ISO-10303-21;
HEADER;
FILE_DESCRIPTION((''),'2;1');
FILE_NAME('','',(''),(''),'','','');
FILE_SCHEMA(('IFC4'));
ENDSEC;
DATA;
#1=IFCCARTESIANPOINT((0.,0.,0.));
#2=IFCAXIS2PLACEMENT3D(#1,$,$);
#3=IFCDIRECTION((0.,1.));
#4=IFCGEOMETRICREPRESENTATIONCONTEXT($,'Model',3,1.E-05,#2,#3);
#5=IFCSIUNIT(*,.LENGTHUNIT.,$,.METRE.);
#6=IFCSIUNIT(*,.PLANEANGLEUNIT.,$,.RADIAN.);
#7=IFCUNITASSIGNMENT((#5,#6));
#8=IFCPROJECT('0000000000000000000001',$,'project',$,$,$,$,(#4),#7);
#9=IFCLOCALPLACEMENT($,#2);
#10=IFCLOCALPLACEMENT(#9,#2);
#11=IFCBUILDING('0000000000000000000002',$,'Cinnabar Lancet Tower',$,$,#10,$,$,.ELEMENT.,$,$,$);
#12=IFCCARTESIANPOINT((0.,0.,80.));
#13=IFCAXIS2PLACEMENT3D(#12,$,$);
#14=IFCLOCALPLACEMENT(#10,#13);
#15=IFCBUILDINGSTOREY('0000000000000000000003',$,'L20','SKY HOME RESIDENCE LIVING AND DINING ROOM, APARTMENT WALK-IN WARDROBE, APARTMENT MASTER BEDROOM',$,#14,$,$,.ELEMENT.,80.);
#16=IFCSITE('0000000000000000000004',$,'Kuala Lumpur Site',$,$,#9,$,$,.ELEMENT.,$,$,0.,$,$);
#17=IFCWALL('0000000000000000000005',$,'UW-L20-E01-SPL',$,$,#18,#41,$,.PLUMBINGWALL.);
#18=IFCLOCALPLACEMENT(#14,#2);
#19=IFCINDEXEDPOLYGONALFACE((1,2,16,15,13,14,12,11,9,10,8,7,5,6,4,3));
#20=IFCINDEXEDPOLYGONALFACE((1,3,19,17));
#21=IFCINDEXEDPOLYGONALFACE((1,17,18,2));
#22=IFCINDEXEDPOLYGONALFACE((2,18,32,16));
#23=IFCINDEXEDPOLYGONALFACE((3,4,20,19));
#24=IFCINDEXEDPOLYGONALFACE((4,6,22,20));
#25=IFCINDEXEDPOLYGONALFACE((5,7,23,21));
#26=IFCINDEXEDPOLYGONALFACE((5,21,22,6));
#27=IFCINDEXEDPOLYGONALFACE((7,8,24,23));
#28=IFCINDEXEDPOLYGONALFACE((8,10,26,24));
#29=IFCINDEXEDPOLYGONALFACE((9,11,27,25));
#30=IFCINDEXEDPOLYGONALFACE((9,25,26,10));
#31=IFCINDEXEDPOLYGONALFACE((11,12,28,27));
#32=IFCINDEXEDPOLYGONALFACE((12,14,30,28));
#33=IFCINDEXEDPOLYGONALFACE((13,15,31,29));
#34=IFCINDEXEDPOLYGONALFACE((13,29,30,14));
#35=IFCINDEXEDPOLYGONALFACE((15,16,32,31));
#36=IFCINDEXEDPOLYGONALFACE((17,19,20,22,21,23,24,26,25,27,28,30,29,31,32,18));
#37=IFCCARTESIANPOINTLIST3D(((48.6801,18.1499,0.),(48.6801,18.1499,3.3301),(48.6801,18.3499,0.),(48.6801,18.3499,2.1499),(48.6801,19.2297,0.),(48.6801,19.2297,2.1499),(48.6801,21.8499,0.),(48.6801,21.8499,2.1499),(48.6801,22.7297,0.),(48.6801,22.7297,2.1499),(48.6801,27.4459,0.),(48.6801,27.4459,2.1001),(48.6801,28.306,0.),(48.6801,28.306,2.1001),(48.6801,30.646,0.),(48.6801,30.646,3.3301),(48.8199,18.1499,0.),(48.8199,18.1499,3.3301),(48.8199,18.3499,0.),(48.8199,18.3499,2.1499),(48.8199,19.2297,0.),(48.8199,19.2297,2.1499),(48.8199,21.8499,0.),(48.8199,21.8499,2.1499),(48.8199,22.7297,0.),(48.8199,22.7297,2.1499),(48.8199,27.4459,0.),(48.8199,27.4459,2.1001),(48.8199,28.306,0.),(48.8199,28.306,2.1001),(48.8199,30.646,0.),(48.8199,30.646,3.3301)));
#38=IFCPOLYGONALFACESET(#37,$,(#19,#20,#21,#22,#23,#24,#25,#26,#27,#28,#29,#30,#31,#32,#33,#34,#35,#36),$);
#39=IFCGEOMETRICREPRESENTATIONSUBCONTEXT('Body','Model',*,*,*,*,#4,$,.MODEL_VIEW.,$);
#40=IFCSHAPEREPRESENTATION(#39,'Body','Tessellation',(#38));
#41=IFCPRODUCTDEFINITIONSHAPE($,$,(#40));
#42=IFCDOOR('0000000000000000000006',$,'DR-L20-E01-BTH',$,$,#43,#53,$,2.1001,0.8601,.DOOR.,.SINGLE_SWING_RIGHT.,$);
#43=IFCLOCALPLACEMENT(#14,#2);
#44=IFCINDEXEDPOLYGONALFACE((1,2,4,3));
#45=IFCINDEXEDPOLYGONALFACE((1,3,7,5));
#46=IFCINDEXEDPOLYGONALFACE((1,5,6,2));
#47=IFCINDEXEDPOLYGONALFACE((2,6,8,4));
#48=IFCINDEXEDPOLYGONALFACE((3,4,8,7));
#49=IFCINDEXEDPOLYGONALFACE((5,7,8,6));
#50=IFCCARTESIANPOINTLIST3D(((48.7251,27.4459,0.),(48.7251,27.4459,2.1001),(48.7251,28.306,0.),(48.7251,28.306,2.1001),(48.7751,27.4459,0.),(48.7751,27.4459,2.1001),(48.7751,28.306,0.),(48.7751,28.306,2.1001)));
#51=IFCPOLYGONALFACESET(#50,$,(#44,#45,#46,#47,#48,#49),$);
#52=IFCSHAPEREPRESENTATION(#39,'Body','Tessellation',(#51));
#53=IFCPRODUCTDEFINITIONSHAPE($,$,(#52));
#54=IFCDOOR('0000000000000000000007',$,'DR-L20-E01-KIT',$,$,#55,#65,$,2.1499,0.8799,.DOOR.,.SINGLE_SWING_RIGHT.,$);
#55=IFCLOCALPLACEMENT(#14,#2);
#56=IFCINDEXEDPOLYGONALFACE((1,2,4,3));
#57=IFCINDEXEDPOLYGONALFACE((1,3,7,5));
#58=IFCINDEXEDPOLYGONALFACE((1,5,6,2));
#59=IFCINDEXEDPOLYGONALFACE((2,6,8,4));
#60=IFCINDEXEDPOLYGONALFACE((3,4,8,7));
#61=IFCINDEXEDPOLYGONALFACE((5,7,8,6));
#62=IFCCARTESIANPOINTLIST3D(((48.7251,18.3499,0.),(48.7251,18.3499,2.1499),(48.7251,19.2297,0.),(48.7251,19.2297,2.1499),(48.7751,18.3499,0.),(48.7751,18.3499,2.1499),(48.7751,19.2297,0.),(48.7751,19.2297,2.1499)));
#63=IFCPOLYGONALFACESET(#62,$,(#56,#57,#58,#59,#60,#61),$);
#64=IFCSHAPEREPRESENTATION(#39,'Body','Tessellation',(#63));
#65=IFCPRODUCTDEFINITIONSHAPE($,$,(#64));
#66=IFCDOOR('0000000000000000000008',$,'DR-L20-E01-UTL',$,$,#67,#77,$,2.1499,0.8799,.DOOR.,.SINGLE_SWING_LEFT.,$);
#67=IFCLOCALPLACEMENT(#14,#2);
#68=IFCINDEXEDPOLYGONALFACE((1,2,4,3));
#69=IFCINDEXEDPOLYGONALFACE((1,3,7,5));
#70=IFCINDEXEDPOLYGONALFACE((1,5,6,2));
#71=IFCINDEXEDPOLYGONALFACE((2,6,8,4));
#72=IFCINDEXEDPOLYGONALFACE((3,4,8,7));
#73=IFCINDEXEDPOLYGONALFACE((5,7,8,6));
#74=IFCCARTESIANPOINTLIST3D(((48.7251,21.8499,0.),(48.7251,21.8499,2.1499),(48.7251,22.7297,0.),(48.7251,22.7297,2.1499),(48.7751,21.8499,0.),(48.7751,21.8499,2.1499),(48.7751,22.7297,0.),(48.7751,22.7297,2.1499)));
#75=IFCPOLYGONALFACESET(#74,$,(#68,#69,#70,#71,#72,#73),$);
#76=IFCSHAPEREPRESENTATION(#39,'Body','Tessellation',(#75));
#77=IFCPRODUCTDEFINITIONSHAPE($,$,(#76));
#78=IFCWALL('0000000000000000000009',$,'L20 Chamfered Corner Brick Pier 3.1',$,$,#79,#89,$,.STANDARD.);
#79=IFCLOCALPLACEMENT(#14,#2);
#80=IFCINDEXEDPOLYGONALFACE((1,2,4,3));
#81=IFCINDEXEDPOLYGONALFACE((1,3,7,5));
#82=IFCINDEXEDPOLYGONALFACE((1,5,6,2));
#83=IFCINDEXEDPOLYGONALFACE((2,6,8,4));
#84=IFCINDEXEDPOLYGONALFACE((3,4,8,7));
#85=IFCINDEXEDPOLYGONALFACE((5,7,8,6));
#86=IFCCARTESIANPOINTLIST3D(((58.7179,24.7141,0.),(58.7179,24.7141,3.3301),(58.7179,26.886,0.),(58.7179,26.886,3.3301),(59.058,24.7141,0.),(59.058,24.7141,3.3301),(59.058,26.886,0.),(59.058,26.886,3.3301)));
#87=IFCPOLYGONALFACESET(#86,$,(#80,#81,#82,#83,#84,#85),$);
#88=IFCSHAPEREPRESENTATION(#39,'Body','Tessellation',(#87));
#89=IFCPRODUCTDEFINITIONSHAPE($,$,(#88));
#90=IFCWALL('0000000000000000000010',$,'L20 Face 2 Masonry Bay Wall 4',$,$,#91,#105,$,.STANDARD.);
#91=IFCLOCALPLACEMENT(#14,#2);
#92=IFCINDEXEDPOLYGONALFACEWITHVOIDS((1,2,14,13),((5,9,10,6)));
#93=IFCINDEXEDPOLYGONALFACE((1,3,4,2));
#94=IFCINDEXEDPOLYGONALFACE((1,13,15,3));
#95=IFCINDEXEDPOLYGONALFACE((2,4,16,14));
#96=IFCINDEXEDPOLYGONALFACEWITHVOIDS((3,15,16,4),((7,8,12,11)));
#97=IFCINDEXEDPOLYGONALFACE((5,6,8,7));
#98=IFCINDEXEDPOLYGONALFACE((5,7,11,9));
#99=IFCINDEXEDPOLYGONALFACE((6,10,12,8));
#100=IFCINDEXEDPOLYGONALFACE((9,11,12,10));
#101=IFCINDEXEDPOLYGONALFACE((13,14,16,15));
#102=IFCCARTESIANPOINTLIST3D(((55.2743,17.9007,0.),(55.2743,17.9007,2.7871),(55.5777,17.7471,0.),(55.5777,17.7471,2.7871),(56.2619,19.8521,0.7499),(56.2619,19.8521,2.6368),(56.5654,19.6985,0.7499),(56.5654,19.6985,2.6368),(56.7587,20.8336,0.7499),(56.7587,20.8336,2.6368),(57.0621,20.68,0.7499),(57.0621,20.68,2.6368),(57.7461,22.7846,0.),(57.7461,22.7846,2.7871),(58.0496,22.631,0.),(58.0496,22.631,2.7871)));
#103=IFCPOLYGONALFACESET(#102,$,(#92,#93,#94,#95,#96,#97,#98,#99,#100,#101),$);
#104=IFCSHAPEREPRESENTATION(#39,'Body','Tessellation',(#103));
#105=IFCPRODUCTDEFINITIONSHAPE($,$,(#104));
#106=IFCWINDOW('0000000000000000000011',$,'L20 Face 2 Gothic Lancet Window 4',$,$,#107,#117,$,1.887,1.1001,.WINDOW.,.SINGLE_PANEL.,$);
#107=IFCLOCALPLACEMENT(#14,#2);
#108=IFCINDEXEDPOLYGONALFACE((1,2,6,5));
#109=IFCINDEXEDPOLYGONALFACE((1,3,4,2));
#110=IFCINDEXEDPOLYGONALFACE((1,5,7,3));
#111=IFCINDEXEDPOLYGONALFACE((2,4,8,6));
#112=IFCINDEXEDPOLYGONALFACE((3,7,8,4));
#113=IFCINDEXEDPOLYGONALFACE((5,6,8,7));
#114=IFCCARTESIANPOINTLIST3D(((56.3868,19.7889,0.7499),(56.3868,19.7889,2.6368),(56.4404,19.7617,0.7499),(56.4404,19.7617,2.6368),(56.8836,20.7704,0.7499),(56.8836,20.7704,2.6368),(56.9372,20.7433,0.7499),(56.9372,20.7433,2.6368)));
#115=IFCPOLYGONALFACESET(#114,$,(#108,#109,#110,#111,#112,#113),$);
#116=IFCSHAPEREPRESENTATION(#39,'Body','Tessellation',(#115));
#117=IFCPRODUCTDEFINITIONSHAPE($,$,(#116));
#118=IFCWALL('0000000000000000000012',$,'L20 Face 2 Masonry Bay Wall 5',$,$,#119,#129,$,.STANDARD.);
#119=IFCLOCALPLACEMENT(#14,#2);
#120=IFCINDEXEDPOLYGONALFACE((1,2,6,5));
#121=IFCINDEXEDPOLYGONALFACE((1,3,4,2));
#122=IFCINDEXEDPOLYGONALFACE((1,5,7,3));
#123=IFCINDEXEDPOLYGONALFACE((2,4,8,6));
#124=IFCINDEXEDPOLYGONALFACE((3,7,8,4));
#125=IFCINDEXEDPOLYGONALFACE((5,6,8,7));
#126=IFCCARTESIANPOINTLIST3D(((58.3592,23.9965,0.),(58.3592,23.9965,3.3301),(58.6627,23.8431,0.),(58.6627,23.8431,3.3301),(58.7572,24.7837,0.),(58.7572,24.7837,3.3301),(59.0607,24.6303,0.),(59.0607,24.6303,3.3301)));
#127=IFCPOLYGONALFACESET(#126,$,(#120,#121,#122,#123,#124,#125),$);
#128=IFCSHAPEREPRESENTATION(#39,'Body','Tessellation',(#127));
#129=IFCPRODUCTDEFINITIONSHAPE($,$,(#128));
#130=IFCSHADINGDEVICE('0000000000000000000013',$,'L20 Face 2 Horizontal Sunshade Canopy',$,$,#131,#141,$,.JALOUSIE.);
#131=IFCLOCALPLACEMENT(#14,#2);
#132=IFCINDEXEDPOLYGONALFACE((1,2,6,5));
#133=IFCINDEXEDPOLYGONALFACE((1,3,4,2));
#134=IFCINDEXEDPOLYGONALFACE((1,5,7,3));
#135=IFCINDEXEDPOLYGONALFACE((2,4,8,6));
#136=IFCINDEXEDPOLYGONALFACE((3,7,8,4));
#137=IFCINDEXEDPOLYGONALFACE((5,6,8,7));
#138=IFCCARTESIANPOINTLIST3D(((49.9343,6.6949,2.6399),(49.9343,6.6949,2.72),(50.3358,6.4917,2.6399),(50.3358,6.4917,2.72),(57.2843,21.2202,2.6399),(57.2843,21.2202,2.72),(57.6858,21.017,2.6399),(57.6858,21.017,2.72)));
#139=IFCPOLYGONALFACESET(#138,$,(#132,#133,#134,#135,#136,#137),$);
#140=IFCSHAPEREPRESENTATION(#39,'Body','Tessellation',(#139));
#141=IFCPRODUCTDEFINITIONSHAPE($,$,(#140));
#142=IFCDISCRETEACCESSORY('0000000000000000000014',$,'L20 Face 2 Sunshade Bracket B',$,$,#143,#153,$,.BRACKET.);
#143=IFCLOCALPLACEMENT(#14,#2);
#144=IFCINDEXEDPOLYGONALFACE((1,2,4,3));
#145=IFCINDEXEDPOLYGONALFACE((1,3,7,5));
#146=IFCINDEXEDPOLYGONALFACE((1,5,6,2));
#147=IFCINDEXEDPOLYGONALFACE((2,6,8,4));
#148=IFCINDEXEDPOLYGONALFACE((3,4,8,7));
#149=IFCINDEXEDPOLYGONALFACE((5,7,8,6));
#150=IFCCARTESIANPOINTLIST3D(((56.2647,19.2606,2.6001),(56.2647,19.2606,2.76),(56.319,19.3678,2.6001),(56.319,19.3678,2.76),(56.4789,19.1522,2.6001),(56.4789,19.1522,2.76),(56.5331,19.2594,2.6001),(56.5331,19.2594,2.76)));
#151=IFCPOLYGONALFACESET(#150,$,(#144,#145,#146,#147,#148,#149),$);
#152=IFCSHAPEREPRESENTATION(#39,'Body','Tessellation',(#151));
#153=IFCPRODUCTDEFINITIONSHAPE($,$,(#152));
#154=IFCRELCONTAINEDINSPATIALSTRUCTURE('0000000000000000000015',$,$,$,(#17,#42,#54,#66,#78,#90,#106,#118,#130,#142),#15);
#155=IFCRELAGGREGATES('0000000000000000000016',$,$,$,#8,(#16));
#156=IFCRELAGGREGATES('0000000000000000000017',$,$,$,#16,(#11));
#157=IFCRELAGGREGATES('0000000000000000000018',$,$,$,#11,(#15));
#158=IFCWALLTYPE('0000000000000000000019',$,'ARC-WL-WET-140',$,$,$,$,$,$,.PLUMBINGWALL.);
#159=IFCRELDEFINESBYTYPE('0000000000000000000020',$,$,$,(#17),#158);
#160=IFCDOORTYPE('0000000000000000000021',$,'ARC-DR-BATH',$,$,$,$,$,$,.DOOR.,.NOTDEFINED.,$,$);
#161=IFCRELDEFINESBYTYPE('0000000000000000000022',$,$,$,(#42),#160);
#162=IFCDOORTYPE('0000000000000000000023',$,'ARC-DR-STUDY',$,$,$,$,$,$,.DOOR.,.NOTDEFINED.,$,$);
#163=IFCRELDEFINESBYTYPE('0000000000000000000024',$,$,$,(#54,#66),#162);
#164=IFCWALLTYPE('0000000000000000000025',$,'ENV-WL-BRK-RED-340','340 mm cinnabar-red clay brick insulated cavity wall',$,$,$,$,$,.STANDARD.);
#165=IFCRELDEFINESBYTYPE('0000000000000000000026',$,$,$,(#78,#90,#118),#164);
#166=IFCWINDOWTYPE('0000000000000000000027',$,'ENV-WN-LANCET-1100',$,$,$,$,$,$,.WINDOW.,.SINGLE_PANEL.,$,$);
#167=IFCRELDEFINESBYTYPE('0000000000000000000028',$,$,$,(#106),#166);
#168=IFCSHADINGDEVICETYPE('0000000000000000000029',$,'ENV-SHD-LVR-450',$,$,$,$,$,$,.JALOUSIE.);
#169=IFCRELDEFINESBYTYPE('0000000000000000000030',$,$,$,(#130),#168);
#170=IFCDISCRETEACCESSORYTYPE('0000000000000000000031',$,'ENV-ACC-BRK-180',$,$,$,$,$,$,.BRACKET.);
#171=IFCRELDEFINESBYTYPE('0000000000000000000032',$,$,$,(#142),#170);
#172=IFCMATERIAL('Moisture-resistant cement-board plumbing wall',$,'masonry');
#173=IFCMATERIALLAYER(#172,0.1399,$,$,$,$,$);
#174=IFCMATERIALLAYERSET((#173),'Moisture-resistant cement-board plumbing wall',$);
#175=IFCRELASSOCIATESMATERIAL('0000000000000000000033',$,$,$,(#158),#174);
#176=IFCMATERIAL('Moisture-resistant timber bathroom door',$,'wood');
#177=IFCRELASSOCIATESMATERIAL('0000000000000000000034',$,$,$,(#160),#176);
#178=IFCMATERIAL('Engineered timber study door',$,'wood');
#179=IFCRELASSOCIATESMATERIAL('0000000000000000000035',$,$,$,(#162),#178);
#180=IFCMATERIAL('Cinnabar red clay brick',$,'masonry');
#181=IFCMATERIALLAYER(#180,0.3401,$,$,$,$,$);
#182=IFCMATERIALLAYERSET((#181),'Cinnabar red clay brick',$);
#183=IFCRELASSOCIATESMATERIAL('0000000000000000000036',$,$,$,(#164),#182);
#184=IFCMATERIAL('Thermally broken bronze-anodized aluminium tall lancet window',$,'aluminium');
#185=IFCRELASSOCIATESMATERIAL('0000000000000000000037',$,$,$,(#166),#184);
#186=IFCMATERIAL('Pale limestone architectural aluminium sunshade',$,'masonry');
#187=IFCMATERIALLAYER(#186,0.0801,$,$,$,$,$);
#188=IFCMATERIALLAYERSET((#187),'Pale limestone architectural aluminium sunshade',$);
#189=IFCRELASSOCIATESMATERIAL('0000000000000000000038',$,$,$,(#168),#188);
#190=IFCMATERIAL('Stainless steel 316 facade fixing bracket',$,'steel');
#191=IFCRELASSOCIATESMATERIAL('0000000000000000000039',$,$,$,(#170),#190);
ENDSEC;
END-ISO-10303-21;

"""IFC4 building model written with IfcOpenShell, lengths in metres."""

from ifc_helpers import new_model, si_unit, direction, frame, frame_2d, origin, origin_2d, place, context, subcontext, project, spatial, rectangle, extrude, material, layer, layer_set, type_object, element, fill, save


model = new_model("IFC4")

# Units and contexts
model_context = context("Model", 3, precision=1e-05, world=origin(), true_north=direction((0.0, 1.0)))
body_context = subcontext(model_context, "Body", "Model", "MODEL_VIEW")
ifc_project = project(units=[si_unit("LENGTHUNIT", "METRE"), si_unit("PLANEANGLEUNIT", "RADIAN")], contexts=[model_context])

# Site, building, storey
site_placement = place(None, origin())
site = spatial("IfcSite", under=ifc_project, at=site_placement, Name="Kuala Lumpur Site", CompositionType="ELEMENT", RefElevation=0.0)
building_placement = place(site_placement, origin())
building = spatial("IfcBuilding", under=site, at=building_placement, Name="Cinnabar Lancet Tower", CompositionType="ELEMENT")
storey_placement = place(building_placement, frame((0.0, 0.0, 80.0)))
storey = spatial("IfcBuildingStorey", under=building, at=storey_placement, Name="L20", Description="SKY HOME RESIDENCE LIVING AND DINING ROOM, APARTMENT WALK-IN WARDROBE, APARTMENT MASTER BEDROOM", CompositionType="ELEMENT", Elevation=80.0)

# Wall, openings, doors
ifc_material_1 = material(Name="Moisture-resistant cement-board plumbing wall", Category="masonry")
ifc_layer_1 = layer(ifc_material_1, 0.1399)
ifc_layer_set_1 = layer_set([ifc_layer_1], Name="Moisture-resistant cement-board plumbing wall")
wall_type_1 = type_object("IfcWallType", Name="ARC-WL-WET-140", PredefinedType="PLUMBINGWALL", material=ifc_layer_set_1)
wall_1_placement = place(storey_placement, frame((48.75, 18.1499, 0.0), z_axis=(0.0, 0.0, 1.0), x_axis=(0.0, 1.0, 0.0)))
wall_1 = element("IfcWall", 1, at=wall_1_placement, inside=storey, type_object=wall_type_1, Name="UW-L20-E01-SPL", PredefinedType="PLUMBINGWALL", context=body_context, shape_type="SweptSolid", body=[
    extrude(rectangle(XDim=12.4961, YDim=0.1399, at=frame_2d((6.248, 0.0))), origin(), (0.0, 0.0, 1.0), 3.3301),
])
opening_1_placement = place(wall_1_placement, frame((0.2, 0.0, 0.0)))
opening_1 = element("IfcOpeningElement", 2, at=opening_1_placement, cuts=wall_1, PredefinedType="OPENING", context=body_context, shape_type="SweptSolid", body=[
    extrude(rectangle(XDim=0.8799, YDim=2.1499, at=frame_2d((0.4399, 1.075))), frame((0.0, 0.0798, 0.0), z_axis=(0.0, -1.0, 0.0), x_axis=(1.0, 0.0, 0.0)), (0.0, 0.0, 1.0), 0.1599),
])
opening_2_placement = place(wall_1_placement, frame((3.7, 0.0, 0.0)))
opening_2 = element("IfcOpeningElement", 3, at=opening_2_placement, cuts=wall_1, PredefinedType="OPENING", context=body_context, shape_type="SweptSolid", body=[
    extrude(rectangle(XDim=0.8799, YDim=2.1499, at=frame_2d((0.4399, 1.075))), frame((0.0, 0.0798, 0.0), z_axis=(0.0, -1.0, 0.0), x_axis=(1.0, 0.0, 0.0)), (0.0, 0.0, 1.0), 0.1599),
])
opening_3_placement = place(wall_1_placement, frame((9.2959, 0.0, 0.0)))
opening_3 = element("IfcOpeningElement", 4, at=opening_3_placement, cuts=wall_1, PredefinedType="OPENING", context=body_context, shape_type="SweptSolid", body=[
    extrude(rectangle(XDim=0.8601, YDim=2.1001, at=frame_2d((0.4302, 1.05))), frame((0.0, 0.0798, 0.0), z_axis=(0.0, -1.0, 0.0), x_axis=(1.0, 0.0, 0.0)), (0.0, 0.0, 1.0), 0.1599),
])
ifc_material_2 = material(Name="Moisture-resistant timber bathroom door", Category="wood")
door_type_1 = type_object("IfcDoorType", Name="ARC-DR-BATH", OperationType="NOTDEFINED", PredefinedType="DOOR", material=ifc_material_2)
door_1_placement = place(opening_3_placement, origin())
door_1 = element("IfcDoor", 5, at=door_1_placement, inside=storey, type_object=door_type_1, Name="DR-L20-E01-BTH", OperationType="SINGLE_SWING_RIGHT", OverallHeight=2.1001, OverallWidth=0.8601, PredefinedType="DOOR", context=body_context, shape_type="SweptSolid", body=[
    extrude(rectangle(XDim=0.8601, YDim=2.1001, at=frame_2d((0.4302, 1.05))), frame((0.0, 0.0249, 0.0), z_axis=(0.0, -1.0, 0.0), x_axis=(1.0, 0.0, 0.0)), (0.0, 0.0, 1.0), 0.05),
])
fill(opening_3, door_1)
ifc_material_3 = material(Name="Engineered timber study door", Category="wood")
door_type_2 = type_object("IfcDoorType", Name="ARC-DR-STUDY", OperationType="NOTDEFINED", PredefinedType="DOOR", material=ifc_material_3)
door_2_placement = place(opening_1_placement, origin())
door_2 = element("IfcDoor", 6, at=door_2_placement, inside=storey, type_object=door_type_2, Name="DR-L20-E01-KIT", OperationType="SINGLE_SWING_RIGHT", OverallHeight=2.1499, OverallWidth=0.8799, PredefinedType="DOOR", context=body_context, shape_type="SweptSolid", body=[
    extrude(rectangle(XDim=0.8799, YDim=2.1499, at=frame_2d((0.4399, 1.075))), frame((0.0, 0.0249, 0.0), z_axis=(0.0, -1.0, 0.0), x_axis=(1.0, 0.0, 0.0)), (0.0, 0.0, 1.0), 0.05),
])
fill(opening_1, door_2)
door_3_placement = place(opening_2_placement, origin())
door_3 = element("IfcDoor", 7, at=door_3_placement, inside=storey, type_object=door_type_2, Name="DR-L20-E01-UTL", OperationType="SINGLE_SWING_LEFT", OverallHeight=2.1499, OverallWidth=0.8799, PredefinedType="DOOR", context=body_context, shape_type="SweptSolid", body=[
    extrude(rectangle(XDim=0.8799, YDim=2.1499, at=frame_2d((0.4399, 1.075))), frame((0.0, 0.0249, 0.0), z_axis=(0.0, -1.0, 0.0), x_axis=(1.0, 0.0, 0.0)), (0.0, 0.0, 1.0), 0.05),
])
fill(opening_2, door_3)

# Wall
ifc_material_4 = material(Name="Cinnabar red clay brick", Category="masonry")
ifc_layer_2 = layer(ifc_material_4, 0.3401)
ifc_layer_set_2 = layer_set([ifc_layer_2], Name="Cinnabar red clay brick")
wall_type_2 = type_object("IfcWallType", Name="ENV-WL-BRK-RED-340", Description="340 mm cinnabar-red clay brick insulated cavity wall", PredefinedType="STANDARD", material=ifc_layer_set_2)
wall_2_placement = place(storey_placement, frame((58.8879, 24.7141, 0.0), z_axis=(0.0, 0.0, 1.0), x_axis=(0.0, 1.0, 0.0)))
element("IfcWall", 8, at=wall_2_placement, inside=storey, type_object=wall_type_2, Name="L20 Chamfered Corner Brick Pier 3.1", PredefinedType="STANDARD", context=body_context, shape_type="SweptSolid", body=[
    extrude(rectangle(XDim=2.1719, YDim=0.3401, at=frame_2d((1.0859, 0.0))), origin(), (0.0, 0.0, 1.0), 3.3301),
])

# Wall, opening, window
wall_3_placement = place(storey_placement, frame((55.426, 17.824, 0.0), z_axis=(0.0, 0.0, 1.0), x_axis=(0.451579, 0.892231, 0.0)))
wall_3 = element("IfcWall", 9, at=wall_3_placement, inside=storey, type_object=wall_type_2, Name="L20 Face 2 Masonry Bay Wall 4", PredefinedType="STANDARD", context=body_context, shape_type="SweptSolid", body=[
    extrude(rectangle(XDim=5.4739, YDim=0.3401, at=frame_2d((2.7368, 0.0))), origin(), (0.0, 0.0, 1.0), 2.7871),
])
opening_4_placement = place(wall_3_placement, frame((2.187, 0.0, 0.75)))
opening_4 = element("IfcOpeningElement", 10, at=opening_4_placement, cuts=wall_3, PredefinedType="OPENING", context=body_context, shape_type="SweptSolid", body=[
    extrude(rectangle(XDim=1.1001, YDim=1.887, at=frame_2d((0.55, 0.9434))), frame((0.0, 0.1799, 0.0), z_axis=(0.0, -1.0, 0.0), x_axis=(1.0, 0.0, 0.0)), (0.0, 0.0, 1.0), 0.3601),
])
ifc_material_5 = material(Name="Thermally broken bronze-anodized aluminium tall lancet window", Category="aluminium")
window_type = type_object("IfcWindowType", Name="ENV-WN-LANCET-1100", PartitioningType="SINGLE_PANEL", PredefinedType="WINDOW", material=ifc_material_5)
window_placement = place(opening_4_placement, origin())
window = element("IfcWindow", 11, at=window_placement, inside=storey, type_object=window_type, Name="L20 Face 2 Gothic Lancet Window 4", OverallHeight=1.887, OverallWidth=1.1001, PartitioningType="SINGLE_PANEL", PredefinedType="WINDOW", context=body_context, shape_type="SweptSolid", body=[
    extrude(rectangle(XDim=1.1001, YDim=1.887, at=frame_2d((0.55, 0.9434))), frame((0.0, 0.03, 0.0), z_axis=(0.0, -1.0, 0.0), x_axis=(1.0, 0.0, 0.0)), (0.0, 0.0, 1.0), 0.0601),
])
fill(opening_4, window)

# Wall
wall_4_placement = place(storey_placement, frame((58.511, 23.9199, 0.0), z_axis=(0.0, 0.0, 1.0), x_axis=(0.451195, 0.892425, 0.0)))
element("IfcWall", 12, at=wall_4_placement, inside=storey, type_object=wall_type_2, Name="L20 Face 2 Masonry Bay Wall 5", PredefinedType="STANDARD", context=body_context, shape_type="SweptSolid", body=[
    extrude(rectangle(XDim=0.8821, YDim=0.3401, at=frame_2d((0.4409, 0.0))), origin(), (0.0, 0.0, 1.0), 3.3301),
])

# Shading device
ifc_material_6 = material(Name="Pale limestone architectural aluminium sunshade", Category="masonry")
ifc_layer_3 = layer(ifc_material_6, 0.0801)
ifc_layer_set_3 = layer_set([ifc_layer_3], Name="Pale limestone architectural aluminium sunshade")
shading_device_type = type_object("IfcShadingDeviceType", Name="ENV-SHD-LVR-450", PredefinedType="JALOUSIE", material=ifc_layer_set_3)
shading_device_placement = place(storey_placement, frame((53.8101, 13.856, 2.6399), z_axis=(0.0, 0.0, 1.0), x_axis=(0.451501, 0.892271, 0.0)))
element("IfcShadingDevice", 13, at=shading_device_placement, inside=storey, type_object=shading_device_type, Name="L20 Face 2 Horizontal Sunshade Canopy", PredefinedType="JALOUSIE", context=body_context, shape_type="SweptSolid", body=[
    extrude(rectangle(XDim=16.2791, YDim=0.45, at=origin_2d()), origin(), (0.0, 0.0, 1.0), 0.0801),
])

# Discrete accessory
ifc_material_7 = material(Name="Stainless steel 316 facade fixing bracket", Category="steel")
discrete_accessory_type = type_object("IfcDiscreteAccessoryType", Name="ENV-ACC-BRK-180", PredefinedType="BRACKET", material=ifc_material_7)
discrete_accessory_placement = place(storey_placement, frame((56.3989, 19.26, 2.6001), z_axis=(0.0, 0.0, 1.0), x_axis=(0.451501, 0.892271, 0.0)))
element("IfcDiscreteAccessory", 14, at=discrete_accessory_placement, inside=storey, type_object=discrete_accessory_type, Name="L20 Face 2 Sunshade Bracket B", PredefinedType="BRACKET", context=body_context, shape_type="SweptSolid", body=[
    extrude(rectangle(XDim=0.1201, YDim=0.24, at=origin_2d()), origin(), (0.0, 0.0, 1.0), 0.1599),
])

save(model, "model.ifc")
